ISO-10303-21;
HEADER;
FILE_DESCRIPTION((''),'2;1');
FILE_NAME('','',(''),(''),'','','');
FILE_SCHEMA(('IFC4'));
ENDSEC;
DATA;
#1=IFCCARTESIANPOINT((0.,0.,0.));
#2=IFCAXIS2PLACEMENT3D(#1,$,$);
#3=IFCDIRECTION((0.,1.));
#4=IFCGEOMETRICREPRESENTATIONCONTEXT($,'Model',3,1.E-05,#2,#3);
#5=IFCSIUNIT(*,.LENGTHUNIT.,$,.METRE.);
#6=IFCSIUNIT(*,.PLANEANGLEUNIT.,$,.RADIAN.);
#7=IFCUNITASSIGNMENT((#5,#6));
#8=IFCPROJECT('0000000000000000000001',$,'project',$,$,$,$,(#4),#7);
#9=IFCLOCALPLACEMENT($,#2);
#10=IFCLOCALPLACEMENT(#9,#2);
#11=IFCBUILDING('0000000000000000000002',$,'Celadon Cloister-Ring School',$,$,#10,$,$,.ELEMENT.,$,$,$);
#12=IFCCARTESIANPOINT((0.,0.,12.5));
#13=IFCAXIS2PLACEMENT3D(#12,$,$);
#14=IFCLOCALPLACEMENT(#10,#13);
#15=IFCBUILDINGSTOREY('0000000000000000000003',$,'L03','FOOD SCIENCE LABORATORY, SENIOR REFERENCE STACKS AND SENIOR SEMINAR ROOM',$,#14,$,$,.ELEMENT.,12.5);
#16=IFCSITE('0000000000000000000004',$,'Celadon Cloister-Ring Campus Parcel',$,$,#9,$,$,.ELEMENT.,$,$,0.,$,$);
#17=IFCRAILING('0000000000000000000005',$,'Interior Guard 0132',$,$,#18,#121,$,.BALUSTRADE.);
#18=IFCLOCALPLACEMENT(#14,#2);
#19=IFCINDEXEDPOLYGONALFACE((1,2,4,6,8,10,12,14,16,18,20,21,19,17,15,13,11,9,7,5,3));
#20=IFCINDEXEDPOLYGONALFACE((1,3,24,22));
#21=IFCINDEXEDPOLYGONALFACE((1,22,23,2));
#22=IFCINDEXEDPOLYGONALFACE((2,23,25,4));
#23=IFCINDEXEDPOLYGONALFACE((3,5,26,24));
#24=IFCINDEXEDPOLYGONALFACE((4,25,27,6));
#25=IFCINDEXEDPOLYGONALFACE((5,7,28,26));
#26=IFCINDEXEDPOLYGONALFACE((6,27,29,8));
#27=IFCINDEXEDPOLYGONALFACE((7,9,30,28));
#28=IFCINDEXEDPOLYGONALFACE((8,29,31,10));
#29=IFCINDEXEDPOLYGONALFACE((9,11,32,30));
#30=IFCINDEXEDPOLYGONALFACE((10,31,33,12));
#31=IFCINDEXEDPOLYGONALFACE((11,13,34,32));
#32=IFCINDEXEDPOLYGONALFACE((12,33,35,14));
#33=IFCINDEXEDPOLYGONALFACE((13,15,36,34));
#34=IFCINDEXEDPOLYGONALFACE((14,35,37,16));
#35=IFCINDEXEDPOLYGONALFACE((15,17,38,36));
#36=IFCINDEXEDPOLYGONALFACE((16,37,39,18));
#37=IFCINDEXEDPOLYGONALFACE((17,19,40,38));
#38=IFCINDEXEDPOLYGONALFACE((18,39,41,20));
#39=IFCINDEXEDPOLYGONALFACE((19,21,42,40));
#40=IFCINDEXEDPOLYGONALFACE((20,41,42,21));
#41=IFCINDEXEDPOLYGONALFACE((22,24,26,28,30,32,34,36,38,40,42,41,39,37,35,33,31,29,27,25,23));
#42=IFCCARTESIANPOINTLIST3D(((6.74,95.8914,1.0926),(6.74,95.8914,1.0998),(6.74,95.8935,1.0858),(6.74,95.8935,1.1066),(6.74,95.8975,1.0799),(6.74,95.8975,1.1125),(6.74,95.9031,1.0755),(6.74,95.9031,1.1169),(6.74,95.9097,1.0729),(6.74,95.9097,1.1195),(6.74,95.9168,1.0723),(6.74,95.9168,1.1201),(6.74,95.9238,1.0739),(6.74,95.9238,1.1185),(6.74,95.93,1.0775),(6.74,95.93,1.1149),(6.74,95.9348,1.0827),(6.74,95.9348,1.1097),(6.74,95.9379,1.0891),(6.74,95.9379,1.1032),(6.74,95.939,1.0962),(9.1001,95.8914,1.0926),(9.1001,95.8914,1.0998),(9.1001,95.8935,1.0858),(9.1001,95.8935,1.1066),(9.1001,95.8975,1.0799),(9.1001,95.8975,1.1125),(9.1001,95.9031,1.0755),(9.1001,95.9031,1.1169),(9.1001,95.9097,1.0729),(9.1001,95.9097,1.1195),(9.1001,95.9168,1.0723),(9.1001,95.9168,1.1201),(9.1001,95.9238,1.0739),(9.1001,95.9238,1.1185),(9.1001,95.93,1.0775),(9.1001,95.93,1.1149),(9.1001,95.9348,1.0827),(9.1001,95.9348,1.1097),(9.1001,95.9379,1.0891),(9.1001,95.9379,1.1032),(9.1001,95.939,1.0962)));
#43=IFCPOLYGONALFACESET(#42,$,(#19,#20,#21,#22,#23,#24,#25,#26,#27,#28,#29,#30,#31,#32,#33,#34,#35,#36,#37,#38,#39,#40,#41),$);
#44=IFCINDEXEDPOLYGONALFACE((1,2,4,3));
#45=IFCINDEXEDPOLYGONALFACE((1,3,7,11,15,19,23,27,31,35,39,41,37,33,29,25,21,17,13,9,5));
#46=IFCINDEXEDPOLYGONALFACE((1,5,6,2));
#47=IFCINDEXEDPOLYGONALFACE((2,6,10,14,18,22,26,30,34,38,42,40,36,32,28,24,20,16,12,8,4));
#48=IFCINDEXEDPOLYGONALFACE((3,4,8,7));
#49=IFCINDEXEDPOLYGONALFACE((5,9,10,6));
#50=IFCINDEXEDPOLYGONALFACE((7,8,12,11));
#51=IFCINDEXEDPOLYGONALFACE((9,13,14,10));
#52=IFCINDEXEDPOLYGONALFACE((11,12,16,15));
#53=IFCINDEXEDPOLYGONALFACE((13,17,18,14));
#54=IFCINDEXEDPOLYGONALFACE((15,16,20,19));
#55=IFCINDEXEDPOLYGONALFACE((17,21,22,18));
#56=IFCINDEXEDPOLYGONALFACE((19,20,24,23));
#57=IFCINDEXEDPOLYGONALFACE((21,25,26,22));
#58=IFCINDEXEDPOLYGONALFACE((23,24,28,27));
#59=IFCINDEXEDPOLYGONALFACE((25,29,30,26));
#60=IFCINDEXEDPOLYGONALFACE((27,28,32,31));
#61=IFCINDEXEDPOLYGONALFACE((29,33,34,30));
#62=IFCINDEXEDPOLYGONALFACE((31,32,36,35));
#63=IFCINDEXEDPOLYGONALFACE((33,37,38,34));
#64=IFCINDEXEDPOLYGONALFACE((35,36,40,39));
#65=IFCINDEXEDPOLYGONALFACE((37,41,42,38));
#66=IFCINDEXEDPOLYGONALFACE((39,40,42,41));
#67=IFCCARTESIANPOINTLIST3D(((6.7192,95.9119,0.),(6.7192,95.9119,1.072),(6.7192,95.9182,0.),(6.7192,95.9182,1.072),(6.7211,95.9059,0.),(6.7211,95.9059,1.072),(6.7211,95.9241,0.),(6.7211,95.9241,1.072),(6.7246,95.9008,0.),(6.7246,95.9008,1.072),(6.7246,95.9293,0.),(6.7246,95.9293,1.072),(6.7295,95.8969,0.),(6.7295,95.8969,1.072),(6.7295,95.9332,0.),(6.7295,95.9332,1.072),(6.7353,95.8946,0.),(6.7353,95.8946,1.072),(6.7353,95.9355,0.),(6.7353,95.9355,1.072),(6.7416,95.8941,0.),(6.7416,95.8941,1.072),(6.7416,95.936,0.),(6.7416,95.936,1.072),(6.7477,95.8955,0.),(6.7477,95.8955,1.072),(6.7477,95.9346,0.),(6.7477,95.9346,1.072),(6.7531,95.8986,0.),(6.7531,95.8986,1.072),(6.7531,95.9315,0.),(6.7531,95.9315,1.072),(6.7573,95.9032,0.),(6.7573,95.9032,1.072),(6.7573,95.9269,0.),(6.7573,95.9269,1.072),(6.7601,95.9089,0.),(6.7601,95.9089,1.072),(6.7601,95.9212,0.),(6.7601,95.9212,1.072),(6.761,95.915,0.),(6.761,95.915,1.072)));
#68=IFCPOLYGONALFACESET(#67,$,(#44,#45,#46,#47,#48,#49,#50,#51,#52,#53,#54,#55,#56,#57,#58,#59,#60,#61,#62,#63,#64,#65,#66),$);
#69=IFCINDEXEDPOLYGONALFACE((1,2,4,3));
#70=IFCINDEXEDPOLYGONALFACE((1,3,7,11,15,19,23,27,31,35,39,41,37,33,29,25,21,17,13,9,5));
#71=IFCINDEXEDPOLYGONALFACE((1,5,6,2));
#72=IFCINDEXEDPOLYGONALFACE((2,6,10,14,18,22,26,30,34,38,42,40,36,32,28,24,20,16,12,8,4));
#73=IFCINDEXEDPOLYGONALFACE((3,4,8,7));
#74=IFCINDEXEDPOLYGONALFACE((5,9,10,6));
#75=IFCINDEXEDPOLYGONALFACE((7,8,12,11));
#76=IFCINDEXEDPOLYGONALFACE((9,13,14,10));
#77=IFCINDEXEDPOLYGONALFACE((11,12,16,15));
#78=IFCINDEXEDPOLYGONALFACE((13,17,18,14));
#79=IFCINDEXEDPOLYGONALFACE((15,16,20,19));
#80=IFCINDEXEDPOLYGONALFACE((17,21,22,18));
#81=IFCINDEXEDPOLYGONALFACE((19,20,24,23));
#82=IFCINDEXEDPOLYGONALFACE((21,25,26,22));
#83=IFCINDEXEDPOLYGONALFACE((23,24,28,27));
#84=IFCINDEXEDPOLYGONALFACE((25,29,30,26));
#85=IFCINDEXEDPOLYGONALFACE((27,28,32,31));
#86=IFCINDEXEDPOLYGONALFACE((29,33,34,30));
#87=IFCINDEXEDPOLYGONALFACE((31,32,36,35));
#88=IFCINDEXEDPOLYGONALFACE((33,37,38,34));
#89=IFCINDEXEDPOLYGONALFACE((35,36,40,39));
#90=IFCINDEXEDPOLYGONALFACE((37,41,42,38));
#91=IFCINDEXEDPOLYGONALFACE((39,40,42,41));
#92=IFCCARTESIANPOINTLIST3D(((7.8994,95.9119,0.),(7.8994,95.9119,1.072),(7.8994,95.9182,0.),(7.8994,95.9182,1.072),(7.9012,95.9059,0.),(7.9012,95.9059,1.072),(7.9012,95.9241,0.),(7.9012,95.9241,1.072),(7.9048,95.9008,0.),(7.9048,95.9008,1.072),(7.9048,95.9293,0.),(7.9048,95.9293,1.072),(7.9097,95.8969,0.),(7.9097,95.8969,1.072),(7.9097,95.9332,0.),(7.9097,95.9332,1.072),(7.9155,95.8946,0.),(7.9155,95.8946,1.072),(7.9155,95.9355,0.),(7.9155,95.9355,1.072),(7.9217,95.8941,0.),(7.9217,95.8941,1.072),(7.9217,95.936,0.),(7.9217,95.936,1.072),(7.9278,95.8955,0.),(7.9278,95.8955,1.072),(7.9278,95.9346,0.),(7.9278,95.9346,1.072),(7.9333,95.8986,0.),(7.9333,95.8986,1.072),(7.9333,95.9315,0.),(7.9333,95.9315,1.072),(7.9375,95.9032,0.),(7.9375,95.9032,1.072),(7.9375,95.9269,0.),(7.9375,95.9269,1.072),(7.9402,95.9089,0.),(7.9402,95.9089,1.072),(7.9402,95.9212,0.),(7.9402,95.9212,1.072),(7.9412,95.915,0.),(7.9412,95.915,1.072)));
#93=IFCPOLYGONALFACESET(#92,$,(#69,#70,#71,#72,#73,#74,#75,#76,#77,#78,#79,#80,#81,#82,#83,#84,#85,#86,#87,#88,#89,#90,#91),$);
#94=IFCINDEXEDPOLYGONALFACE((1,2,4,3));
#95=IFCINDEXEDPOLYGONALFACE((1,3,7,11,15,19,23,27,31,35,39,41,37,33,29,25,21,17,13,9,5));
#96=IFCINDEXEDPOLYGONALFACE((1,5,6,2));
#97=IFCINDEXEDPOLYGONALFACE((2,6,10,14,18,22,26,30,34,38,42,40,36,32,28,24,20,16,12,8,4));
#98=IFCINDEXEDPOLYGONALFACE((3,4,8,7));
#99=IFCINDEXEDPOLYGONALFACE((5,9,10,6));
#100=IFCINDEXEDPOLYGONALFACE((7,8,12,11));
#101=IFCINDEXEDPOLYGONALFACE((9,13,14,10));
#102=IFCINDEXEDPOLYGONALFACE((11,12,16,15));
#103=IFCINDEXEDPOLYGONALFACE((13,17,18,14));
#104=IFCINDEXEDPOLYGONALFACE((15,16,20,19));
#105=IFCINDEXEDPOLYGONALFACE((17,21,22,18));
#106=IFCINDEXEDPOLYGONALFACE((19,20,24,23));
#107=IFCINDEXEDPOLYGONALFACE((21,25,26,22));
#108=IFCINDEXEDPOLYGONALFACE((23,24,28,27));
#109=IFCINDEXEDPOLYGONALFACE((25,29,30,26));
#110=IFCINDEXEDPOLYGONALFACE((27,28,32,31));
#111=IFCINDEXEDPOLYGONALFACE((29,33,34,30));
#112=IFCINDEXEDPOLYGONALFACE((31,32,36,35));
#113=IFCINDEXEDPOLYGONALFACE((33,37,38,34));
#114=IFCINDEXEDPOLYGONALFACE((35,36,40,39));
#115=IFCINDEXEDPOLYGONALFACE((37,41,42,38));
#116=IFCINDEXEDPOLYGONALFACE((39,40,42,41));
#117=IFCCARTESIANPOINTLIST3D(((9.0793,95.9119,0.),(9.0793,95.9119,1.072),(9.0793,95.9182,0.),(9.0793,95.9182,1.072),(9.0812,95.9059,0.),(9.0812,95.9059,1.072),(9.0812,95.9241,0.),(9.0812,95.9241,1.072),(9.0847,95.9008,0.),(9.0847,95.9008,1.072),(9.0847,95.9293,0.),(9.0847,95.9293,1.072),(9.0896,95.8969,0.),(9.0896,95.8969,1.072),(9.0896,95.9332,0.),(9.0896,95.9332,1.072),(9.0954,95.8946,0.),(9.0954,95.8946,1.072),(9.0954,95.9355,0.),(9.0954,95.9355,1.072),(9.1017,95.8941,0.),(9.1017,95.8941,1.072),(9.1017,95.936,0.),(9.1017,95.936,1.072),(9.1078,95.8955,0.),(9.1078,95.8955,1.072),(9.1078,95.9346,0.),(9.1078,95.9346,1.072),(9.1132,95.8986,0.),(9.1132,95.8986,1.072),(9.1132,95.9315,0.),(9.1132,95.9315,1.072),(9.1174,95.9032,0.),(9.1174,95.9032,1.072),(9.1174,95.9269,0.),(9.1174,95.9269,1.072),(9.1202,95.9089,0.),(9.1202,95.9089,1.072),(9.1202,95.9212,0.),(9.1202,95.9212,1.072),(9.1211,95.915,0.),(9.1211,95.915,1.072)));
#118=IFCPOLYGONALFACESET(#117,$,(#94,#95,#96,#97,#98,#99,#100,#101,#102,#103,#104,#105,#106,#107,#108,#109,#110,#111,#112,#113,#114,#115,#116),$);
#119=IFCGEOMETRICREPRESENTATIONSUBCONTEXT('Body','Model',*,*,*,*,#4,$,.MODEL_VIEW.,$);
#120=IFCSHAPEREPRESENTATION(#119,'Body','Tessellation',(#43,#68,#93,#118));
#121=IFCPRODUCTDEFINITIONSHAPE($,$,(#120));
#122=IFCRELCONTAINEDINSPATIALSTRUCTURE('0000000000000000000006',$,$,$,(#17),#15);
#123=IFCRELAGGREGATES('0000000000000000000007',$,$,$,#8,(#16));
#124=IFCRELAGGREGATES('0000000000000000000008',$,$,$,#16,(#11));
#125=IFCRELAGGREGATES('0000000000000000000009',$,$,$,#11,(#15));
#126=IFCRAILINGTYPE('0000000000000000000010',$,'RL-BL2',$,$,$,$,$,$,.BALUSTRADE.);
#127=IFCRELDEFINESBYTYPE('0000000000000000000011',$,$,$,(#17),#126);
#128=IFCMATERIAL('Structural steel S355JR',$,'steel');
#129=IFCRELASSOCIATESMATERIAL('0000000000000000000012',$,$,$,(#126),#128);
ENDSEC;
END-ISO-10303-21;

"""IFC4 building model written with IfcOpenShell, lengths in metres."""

from ifc_helpers import new_model, si_unit, direction, frame, origin, origin_2d, place, context, subcontext, project, spatial, circle, extrude, material, type_object, element, save


model = new_model("IFC4")

# Units and contexts
model_context = context("Model", 3, precision=1e-05, world=origin(), true_north=direction((0.0, 1.0)))
body_context = subcontext(model_context, "Body", "Model", "MODEL_VIEW")
ifc_project = project(units=[si_unit("LENGTHUNIT", "METRE"), si_unit("PLANEANGLEUNIT", "RADIAN")], contexts=[model_context])

# Site, building, storey
site_placement = place(None, origin())
site = spatial("IfcSite", under=ifc_project, at=site_placement, Name="Celadon Cloister-Ring Campus Parcel", CompositionType="ELEMENT", RefElevation=0.0)
building_placement = place(site_placement, origin())
building = spatial("IfcBuilding", under=site, at=building_placement, Name="Celadon Cloister-Ring School", CompositionType="ELEMENT")
storey_placement = place(building_placement, frame((0.0, 0.0, 12.5)))
storey = spatial("IfcBuildingStorey", under=building, at=storey_placement, Name="L03", Description="FOOD SCIENCE LABORATORY, SENIOR REFERENCE STACKS AND SENIOR SEMINAR ROOM", CompositionType="ELEMENT", Elevation=12.5)

# Railing
ifc_material_1 = material(Name="Structural steel S355JR", Category="steel")
railing_type_1 = type_object("IfcRailingType", Name="RL-BL2", PredefinedType="BALUSTRADE", material=ifc_material_1)
railing_1_placement = place(storey_placement, frame((6.74, 95.915, 0.0)))
element("IfcRailing", 1, at=railing_1_placement, inside=storey, type_object=railing_type_1, Name="Interior Guard 0132", PredefinedType="BALUSTRADE", context=body_context, shape_type="SweptSolid", body=[
    extrude(circle(Radius=0.0239, at=origin_2d()), frame((0.0, 0.0, 1.0962), z_axis=(1.0, 0.0, 0.0), x_axis=(0.0, 1.0, 0.0)), (0.0, 0.0, 1.0), 2.3601),
    extrude(circle(Radius=0.021, at=origin_2d()), origin(), (0.0, 0.0, 1.0), 1.072),
    extrude(circle(Radius=0.021, at=origin_2d()), frame((1.1802, 0.0, 0.0)), (0.0, 0.0, 1.0), 1.072),
    extrude(circle(Radius=0.021, at=origin_2d()), frame((2.3601, 0.0, 0.0)), (0.0, 0.0, 1.0), 1.072),
])

save(model, "model.ifc")
